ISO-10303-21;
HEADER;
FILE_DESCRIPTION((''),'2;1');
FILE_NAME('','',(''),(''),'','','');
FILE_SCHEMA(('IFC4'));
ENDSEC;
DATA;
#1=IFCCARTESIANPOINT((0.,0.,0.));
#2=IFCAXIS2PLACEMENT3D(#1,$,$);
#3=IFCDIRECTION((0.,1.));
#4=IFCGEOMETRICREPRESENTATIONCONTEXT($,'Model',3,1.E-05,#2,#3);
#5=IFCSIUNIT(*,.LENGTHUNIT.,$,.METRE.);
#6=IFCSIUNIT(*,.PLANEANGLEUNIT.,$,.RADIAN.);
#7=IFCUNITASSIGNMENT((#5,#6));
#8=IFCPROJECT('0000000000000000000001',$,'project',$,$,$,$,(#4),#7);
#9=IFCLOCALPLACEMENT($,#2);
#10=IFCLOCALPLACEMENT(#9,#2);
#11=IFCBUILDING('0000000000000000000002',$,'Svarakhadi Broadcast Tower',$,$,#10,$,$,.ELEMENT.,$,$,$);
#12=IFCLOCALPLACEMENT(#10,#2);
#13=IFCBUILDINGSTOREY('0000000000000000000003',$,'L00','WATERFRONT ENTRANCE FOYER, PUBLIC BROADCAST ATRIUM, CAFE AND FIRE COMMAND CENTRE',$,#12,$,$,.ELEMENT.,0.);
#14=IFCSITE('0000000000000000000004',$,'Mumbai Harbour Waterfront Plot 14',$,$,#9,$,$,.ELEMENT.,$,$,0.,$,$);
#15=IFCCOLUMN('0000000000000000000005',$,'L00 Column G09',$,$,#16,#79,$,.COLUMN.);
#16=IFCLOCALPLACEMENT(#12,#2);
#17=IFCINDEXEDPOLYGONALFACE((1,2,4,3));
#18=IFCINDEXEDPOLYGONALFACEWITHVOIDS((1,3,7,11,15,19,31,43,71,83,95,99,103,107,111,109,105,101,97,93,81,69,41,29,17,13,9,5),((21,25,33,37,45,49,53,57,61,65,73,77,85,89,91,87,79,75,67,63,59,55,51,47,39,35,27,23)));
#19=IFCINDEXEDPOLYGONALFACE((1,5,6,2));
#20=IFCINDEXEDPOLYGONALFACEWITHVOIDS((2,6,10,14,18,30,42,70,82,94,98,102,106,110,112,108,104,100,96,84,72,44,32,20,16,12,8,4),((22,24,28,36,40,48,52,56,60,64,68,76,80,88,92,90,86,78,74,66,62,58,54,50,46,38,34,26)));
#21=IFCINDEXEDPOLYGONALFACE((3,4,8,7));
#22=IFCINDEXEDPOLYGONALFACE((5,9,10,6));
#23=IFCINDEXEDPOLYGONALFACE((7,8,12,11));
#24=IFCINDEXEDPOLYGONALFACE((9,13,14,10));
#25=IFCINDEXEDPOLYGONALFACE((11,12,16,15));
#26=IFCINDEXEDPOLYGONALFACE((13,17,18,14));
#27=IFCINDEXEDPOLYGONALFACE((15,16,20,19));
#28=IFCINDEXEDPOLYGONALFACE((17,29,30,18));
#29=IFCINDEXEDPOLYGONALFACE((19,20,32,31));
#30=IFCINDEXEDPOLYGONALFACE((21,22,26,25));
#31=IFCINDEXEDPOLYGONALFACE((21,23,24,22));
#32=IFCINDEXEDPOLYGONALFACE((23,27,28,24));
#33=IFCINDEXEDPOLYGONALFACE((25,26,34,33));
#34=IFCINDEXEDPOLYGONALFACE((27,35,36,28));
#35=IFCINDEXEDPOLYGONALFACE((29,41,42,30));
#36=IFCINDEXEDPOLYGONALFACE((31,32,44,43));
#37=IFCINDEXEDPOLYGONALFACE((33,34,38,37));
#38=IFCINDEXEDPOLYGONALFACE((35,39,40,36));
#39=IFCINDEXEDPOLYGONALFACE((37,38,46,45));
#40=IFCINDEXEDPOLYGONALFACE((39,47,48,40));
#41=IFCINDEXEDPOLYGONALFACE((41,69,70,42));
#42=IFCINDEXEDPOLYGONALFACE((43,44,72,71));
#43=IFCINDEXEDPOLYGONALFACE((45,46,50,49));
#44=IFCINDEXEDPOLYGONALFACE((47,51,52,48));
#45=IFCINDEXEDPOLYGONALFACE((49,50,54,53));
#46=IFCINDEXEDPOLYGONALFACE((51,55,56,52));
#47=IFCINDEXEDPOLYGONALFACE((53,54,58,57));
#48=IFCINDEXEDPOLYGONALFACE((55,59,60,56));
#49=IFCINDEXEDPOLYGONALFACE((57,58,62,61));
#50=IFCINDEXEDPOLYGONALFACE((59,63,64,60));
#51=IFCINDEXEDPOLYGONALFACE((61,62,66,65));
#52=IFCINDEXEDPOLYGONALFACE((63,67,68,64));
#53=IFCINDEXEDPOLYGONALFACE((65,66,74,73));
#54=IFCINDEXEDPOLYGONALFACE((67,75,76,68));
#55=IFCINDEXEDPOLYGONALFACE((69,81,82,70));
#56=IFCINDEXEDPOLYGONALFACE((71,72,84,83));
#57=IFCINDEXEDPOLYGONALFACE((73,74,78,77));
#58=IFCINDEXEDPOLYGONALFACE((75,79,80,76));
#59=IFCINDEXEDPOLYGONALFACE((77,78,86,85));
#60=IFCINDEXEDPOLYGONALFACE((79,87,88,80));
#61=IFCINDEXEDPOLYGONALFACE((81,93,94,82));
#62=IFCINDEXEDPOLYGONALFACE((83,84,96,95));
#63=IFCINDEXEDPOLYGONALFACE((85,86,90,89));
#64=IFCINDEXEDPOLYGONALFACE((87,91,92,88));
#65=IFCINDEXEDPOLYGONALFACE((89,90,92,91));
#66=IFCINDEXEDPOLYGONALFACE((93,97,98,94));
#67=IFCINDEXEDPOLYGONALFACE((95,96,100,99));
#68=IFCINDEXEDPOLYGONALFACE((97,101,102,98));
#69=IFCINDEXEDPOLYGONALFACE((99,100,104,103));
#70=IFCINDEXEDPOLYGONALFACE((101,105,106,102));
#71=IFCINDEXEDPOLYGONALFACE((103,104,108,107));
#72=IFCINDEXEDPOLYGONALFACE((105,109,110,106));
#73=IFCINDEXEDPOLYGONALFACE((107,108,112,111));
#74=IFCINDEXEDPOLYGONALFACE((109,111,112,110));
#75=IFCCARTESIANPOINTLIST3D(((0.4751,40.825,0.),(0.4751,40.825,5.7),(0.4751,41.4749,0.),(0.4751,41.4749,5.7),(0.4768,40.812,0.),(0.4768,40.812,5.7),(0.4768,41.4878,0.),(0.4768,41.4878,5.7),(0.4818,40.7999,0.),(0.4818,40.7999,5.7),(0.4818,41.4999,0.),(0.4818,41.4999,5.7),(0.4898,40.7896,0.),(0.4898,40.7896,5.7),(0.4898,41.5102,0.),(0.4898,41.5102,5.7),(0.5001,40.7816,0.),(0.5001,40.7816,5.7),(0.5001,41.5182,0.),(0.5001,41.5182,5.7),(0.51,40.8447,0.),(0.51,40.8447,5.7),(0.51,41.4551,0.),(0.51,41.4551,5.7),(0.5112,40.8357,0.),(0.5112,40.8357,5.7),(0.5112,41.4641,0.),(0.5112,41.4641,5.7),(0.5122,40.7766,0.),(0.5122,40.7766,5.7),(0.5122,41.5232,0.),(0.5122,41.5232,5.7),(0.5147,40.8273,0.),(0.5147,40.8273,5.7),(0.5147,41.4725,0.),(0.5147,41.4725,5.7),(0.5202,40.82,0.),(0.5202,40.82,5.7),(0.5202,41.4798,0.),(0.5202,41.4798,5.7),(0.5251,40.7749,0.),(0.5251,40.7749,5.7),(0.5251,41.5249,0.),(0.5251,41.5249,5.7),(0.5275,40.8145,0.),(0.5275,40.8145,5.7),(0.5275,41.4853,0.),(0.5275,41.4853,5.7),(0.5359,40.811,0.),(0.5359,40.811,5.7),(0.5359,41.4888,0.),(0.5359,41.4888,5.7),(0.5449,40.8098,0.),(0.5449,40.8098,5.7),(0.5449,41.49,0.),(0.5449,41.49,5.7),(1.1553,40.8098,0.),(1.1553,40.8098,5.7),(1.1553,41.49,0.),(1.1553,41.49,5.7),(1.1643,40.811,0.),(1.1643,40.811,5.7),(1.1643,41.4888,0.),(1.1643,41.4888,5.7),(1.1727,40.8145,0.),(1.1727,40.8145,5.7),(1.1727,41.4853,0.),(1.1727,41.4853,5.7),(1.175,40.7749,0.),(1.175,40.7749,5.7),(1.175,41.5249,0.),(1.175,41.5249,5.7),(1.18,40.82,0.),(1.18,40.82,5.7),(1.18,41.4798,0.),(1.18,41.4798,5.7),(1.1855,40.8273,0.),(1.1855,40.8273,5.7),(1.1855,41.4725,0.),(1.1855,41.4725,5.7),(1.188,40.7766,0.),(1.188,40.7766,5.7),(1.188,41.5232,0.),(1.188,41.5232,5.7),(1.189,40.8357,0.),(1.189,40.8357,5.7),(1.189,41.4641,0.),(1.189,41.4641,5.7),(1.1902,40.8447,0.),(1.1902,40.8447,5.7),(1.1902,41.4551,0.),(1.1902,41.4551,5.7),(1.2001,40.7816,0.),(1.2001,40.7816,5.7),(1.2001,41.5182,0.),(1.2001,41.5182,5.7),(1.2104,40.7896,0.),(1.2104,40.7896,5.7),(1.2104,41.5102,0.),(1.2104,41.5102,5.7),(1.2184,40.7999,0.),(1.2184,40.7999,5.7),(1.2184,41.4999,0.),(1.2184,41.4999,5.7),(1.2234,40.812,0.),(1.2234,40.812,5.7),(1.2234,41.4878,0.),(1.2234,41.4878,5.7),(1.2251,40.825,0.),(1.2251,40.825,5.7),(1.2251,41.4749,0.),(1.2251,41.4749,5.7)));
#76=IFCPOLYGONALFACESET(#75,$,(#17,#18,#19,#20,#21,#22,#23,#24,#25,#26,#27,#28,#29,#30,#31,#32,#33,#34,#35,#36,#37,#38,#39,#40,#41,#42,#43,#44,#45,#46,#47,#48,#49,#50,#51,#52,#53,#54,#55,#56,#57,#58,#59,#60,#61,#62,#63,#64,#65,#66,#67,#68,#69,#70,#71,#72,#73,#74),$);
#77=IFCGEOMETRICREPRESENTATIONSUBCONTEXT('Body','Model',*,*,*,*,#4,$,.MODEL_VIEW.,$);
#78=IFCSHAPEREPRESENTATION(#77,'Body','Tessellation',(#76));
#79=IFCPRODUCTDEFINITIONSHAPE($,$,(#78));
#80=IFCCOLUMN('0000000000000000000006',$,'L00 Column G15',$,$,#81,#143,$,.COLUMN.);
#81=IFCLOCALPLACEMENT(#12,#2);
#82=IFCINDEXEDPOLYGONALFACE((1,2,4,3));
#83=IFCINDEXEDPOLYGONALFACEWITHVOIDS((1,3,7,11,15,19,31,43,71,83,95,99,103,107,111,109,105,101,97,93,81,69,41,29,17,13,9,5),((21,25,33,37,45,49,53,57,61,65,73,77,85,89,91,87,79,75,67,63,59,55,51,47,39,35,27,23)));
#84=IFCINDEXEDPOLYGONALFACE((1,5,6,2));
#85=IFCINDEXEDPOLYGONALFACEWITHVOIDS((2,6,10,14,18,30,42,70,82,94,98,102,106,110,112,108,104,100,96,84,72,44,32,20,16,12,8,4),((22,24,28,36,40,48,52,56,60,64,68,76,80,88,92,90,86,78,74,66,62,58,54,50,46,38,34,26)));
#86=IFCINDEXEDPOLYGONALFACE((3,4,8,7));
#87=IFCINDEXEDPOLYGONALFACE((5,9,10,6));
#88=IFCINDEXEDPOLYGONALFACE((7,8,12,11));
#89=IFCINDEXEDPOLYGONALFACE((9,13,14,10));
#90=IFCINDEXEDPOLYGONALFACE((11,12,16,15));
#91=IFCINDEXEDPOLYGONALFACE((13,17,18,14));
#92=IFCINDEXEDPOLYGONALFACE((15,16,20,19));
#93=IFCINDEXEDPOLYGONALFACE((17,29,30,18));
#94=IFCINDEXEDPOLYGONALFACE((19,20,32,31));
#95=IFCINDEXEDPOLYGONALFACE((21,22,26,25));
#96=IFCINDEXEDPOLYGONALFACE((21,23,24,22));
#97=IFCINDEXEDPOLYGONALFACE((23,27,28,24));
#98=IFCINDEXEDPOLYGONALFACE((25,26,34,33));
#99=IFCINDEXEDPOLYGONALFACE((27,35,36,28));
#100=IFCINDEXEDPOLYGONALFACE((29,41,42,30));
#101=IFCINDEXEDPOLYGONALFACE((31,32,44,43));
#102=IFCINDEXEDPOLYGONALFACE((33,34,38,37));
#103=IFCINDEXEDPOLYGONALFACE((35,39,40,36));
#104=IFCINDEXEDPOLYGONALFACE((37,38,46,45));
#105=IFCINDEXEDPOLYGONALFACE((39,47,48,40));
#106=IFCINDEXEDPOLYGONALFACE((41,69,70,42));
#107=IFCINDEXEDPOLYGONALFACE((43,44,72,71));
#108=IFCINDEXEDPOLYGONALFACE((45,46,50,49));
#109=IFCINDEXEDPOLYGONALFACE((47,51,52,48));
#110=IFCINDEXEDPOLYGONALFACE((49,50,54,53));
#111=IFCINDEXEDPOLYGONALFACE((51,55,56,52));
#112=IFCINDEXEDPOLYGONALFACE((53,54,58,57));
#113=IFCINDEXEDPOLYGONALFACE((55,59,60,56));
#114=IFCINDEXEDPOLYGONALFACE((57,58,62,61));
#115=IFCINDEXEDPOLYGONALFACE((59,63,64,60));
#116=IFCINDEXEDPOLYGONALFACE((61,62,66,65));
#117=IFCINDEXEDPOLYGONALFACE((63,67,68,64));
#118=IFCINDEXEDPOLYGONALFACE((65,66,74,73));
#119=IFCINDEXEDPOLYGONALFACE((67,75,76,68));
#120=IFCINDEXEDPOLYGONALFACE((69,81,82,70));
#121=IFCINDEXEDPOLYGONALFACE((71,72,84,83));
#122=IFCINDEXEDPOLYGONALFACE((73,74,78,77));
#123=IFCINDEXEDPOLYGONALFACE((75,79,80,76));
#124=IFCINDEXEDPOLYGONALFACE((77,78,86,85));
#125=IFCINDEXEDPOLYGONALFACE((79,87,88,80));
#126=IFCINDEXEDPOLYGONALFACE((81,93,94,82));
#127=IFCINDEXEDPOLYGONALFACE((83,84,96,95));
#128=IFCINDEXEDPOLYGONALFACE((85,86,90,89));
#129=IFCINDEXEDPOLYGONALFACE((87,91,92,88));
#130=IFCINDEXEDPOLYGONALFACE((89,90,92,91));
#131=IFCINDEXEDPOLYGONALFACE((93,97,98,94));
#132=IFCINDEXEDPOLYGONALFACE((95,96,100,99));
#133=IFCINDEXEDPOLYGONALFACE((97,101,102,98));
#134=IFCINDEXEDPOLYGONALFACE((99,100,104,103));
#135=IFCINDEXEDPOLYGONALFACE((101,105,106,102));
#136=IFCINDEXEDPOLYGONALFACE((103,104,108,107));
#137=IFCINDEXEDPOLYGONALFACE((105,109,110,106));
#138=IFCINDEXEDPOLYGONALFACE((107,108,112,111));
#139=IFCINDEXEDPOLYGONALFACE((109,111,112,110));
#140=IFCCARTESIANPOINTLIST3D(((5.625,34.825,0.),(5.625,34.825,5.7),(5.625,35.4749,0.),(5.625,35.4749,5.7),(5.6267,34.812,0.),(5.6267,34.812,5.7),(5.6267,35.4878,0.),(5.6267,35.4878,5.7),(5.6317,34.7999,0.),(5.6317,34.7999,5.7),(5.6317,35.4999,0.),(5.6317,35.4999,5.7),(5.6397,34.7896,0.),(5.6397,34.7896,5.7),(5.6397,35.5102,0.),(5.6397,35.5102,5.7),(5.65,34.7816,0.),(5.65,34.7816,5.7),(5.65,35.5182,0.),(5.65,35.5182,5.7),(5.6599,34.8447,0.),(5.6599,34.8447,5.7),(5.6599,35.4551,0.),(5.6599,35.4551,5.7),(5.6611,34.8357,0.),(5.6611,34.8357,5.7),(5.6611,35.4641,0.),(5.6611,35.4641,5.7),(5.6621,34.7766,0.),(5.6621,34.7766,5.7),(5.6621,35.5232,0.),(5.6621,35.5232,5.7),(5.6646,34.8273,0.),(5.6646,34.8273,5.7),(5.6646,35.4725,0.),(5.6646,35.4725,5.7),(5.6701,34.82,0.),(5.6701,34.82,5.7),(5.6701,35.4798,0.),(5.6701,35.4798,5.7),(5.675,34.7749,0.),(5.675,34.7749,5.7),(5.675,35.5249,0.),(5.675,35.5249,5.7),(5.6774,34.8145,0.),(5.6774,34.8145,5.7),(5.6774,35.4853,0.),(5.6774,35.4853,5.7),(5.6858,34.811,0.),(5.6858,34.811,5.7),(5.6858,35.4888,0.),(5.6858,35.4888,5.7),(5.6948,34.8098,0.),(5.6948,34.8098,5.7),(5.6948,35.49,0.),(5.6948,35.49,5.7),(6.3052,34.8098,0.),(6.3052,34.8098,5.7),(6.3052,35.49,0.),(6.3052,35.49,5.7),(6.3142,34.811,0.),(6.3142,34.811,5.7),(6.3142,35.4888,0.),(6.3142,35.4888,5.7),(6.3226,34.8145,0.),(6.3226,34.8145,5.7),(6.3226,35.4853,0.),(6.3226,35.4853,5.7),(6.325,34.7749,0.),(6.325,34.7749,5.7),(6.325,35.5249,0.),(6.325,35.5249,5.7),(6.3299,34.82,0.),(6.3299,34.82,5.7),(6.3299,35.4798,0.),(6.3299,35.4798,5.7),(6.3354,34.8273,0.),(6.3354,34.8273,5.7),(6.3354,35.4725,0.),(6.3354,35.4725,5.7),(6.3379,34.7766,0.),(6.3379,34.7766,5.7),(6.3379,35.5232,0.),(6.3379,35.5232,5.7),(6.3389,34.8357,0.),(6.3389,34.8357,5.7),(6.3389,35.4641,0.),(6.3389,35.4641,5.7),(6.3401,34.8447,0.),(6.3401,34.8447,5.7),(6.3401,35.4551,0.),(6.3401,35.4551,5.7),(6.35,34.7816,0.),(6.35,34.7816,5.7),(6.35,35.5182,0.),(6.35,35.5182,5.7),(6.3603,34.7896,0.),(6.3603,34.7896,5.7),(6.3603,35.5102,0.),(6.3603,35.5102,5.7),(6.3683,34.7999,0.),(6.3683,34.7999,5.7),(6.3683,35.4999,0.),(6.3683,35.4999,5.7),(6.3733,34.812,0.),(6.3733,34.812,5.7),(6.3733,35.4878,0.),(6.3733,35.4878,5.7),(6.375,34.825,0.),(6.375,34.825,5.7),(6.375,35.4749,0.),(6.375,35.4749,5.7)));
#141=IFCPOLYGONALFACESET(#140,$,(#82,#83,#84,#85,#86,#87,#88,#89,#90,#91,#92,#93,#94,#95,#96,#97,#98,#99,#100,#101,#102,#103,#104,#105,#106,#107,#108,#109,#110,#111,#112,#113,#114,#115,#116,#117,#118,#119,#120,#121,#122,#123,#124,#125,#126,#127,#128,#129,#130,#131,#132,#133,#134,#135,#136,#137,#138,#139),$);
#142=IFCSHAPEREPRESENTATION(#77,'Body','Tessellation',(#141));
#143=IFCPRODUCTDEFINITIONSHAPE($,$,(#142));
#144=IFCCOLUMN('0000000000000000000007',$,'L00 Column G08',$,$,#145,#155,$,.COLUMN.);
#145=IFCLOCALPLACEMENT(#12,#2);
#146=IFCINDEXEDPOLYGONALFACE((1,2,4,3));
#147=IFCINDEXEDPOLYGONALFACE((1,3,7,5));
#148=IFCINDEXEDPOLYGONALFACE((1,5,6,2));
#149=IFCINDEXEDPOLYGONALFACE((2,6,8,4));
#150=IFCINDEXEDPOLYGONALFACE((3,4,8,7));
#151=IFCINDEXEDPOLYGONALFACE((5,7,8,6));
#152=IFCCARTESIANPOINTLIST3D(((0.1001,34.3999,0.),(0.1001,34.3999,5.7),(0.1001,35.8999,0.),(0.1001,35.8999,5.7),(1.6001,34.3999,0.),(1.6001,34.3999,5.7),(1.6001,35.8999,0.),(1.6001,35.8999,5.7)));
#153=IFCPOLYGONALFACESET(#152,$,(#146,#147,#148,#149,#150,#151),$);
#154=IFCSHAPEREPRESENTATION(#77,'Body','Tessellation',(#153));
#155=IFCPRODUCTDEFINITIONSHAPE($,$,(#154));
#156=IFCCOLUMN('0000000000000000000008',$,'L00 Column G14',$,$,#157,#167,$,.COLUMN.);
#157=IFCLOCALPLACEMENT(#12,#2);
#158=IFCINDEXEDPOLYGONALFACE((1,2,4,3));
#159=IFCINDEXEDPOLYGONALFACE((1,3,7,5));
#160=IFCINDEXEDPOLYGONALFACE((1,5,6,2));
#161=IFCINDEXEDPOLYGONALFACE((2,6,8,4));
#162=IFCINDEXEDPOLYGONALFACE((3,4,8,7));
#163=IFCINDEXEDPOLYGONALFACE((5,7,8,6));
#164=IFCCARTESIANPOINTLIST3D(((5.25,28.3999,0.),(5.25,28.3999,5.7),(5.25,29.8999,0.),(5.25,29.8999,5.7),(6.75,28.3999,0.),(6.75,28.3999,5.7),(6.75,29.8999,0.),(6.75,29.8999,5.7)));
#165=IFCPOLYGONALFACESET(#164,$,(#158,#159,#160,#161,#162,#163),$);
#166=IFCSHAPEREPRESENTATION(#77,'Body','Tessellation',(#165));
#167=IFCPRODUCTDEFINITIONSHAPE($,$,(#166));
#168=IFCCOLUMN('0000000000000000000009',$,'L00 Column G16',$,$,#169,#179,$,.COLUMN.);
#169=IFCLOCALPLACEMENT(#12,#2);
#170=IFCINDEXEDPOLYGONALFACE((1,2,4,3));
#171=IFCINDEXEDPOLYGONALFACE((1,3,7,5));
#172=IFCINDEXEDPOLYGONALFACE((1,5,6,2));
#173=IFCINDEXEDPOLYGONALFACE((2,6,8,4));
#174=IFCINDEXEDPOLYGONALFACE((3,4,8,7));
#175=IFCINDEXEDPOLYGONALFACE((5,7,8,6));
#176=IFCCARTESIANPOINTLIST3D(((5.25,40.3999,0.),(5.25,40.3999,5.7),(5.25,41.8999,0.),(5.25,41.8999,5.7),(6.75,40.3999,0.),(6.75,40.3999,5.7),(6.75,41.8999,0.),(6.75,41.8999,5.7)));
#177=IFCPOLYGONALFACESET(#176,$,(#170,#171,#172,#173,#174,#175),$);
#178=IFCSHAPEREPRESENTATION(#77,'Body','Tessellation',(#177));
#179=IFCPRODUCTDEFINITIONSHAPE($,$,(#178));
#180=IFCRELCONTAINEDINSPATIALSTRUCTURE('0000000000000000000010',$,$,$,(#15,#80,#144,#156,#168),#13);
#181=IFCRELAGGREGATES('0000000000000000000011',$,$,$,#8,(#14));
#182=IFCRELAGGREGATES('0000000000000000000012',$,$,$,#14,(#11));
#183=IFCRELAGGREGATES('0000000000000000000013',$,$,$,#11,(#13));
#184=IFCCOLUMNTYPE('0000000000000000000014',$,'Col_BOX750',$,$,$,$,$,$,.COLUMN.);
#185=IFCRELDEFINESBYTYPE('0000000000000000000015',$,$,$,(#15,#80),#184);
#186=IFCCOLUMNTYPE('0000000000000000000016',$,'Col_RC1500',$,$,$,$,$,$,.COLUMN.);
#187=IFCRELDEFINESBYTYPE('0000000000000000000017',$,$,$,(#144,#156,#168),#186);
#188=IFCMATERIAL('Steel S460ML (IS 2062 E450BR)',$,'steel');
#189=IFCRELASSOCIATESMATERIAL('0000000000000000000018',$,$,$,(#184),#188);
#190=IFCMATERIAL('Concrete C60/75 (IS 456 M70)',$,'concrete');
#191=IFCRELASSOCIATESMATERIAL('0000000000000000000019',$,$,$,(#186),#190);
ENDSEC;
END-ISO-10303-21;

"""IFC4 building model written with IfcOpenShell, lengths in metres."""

from ifc_helpers import new_model, si_unit, direction, frame, origin, origin_2d, place, context, subcontext, project, spatial, rectangle, hollow_rectangle, extrude, material, material_profile, profile_set, type_object, element, save


model = new_model("IFC4")

# Units and contexts
model_context = context("Model", 3, precision=1e-05, world=origin(), true_north=direction((0.0, 1.0)))
body_context = subcontext(model_context, "Body", "Model", "MODEL_VIEW")
ifc_project = project(units=[si_unit("LENGTHUNIT", "METRE"), si_unit("PLANEANGLEUNIT", "RADIAN")], contexts=[model_context])

# Site, building, storey
site_placement = place(None, origin())
site = spatial("IfcSite", under=ifc_project, at=site_placement, Name="Mumbai Harbour Waterfront Plot 14", CompositionType="ELEMENT", RefElevation=0.0)
building_placement = place(site_placement, origin())
building = spatial("IfcBuilding", under=site, at=building_placement, Name="Svarakhadi Broadcast Tower", CompositionType="ELEMENT")
storey_placement = place(building_placement, origin())
storey = spatial("IfcBuildingStorey", under=building, at=storey_placement, Name="L00", Description="WATERFRONT ENTRANCE FOYER, PUBLIC BROADCAST ATRIUM, CAFE AND FIRE COMMAND CENTRE", CompositionType="ELEMENT", Elevation=0.0)

# Columns
ifc_material_1 = material(Name="Steel S460ML (IS 2062 E450BR)", Category="steel")
ifc_material_profile_1 = material_profile(ifc_material_1, hollow_rectangle(XDim=0.75, YDim=0.75, WallThickness=0.0349, InnerFilletRadius=0.0349, OuterFilletRadius=0.05, at=origin_2d()), Name="BOX 750x750x35")
ifc_profile_set_1 = profile_set([ifc_material_profile_1], Name="Steel S460ML (IS 2062 E450BR)")
column_type_1 = type_object("IfcColumnType", Name="Col_BOX750", PredefinedType="COLUMN", material=ifc_profile_set_1)
for number, where, z_axis, x_axis, name in (
    (1, (0.8501, 41.1499, 0.0), (0.0, 0.0, 1.0), (1.0, 0.0, 0.0), "L00 Column G09"),
    (2, (6.0, 35.1499, 0.0), (0.0, 0.0, 1.0), (1.0, 0.0, 0.0), "L00 Column G15"),
):
    element("IfcColumn", number, at=place(storey_placement, frame(where, z_axis=z_axis, x_axis=x_axis)), inside=storey, type_object=column_type_1, Name=name, PredefinedType="COLUMN", context=body_context, shape_type="SweptSolid", body=[
        extrude(hollow_rectangle(XDim=0.75, YDim=0.75, WallThickness=0.0349, InnerFilletRadius=0.0349, OuterFilletRadius=0.05, at=origin_2d()), origin(), (0.0, 0.0, 1.0), 5.7),
    ])
ifc_material_2 = material(Name="Concrete C60/75 (IS 456 M70)", Category="concrete")
ifc_material_profile_2 = material_profile(ifc_material_2, rectangle(XDim=1.5, YDim=1.5, at=origin_2d()), Name="RC 1500x1500")
ifc_profile_set_2 = profile_set([ifc_material_profile_2], Name="Concrete C60/75 (IS 456 M70)")
column_type_2 = type_object("IfcColumnType", Name="Col_RC1500", PredefinedType="COLUMN", material=ifc_profile_set_2)
for number, where, z_axis, x_axis, name in (
    (3, (0.8501, 35.1499, 0.0), (0.0, 0.0, 1.0), (1.0, 0.0, 0.0), "L00 Column G08"),
    (4, (6.0, 29.1499, 0.0), (0.0, 0.0, 1.0), (1.0, 0.0, 0.0), "L00 Column G14"),
    (5, (6.0, 41.1499, 0.0), (0.0, 0.0, 1.0), (1.0, 0.0, 0.0), "L00 Column G16"),
):
    element("IfcColumn", number, at=place(storey_placement, frame(where, z_axis=z_axis, x_axis=x_axis)), inside=storey, type_object=column_type_2, Name=name, PredefinedType="COLUMN", context=body_context, shape_type="SweptSolid", body=[
        extrude(rectangle(XDim=1.5, YDim=1.5, at=origin_2d()), origin(), (0.0, 0.0, 1.0), 5.7),
    ])

save(model, "model.ifc")
